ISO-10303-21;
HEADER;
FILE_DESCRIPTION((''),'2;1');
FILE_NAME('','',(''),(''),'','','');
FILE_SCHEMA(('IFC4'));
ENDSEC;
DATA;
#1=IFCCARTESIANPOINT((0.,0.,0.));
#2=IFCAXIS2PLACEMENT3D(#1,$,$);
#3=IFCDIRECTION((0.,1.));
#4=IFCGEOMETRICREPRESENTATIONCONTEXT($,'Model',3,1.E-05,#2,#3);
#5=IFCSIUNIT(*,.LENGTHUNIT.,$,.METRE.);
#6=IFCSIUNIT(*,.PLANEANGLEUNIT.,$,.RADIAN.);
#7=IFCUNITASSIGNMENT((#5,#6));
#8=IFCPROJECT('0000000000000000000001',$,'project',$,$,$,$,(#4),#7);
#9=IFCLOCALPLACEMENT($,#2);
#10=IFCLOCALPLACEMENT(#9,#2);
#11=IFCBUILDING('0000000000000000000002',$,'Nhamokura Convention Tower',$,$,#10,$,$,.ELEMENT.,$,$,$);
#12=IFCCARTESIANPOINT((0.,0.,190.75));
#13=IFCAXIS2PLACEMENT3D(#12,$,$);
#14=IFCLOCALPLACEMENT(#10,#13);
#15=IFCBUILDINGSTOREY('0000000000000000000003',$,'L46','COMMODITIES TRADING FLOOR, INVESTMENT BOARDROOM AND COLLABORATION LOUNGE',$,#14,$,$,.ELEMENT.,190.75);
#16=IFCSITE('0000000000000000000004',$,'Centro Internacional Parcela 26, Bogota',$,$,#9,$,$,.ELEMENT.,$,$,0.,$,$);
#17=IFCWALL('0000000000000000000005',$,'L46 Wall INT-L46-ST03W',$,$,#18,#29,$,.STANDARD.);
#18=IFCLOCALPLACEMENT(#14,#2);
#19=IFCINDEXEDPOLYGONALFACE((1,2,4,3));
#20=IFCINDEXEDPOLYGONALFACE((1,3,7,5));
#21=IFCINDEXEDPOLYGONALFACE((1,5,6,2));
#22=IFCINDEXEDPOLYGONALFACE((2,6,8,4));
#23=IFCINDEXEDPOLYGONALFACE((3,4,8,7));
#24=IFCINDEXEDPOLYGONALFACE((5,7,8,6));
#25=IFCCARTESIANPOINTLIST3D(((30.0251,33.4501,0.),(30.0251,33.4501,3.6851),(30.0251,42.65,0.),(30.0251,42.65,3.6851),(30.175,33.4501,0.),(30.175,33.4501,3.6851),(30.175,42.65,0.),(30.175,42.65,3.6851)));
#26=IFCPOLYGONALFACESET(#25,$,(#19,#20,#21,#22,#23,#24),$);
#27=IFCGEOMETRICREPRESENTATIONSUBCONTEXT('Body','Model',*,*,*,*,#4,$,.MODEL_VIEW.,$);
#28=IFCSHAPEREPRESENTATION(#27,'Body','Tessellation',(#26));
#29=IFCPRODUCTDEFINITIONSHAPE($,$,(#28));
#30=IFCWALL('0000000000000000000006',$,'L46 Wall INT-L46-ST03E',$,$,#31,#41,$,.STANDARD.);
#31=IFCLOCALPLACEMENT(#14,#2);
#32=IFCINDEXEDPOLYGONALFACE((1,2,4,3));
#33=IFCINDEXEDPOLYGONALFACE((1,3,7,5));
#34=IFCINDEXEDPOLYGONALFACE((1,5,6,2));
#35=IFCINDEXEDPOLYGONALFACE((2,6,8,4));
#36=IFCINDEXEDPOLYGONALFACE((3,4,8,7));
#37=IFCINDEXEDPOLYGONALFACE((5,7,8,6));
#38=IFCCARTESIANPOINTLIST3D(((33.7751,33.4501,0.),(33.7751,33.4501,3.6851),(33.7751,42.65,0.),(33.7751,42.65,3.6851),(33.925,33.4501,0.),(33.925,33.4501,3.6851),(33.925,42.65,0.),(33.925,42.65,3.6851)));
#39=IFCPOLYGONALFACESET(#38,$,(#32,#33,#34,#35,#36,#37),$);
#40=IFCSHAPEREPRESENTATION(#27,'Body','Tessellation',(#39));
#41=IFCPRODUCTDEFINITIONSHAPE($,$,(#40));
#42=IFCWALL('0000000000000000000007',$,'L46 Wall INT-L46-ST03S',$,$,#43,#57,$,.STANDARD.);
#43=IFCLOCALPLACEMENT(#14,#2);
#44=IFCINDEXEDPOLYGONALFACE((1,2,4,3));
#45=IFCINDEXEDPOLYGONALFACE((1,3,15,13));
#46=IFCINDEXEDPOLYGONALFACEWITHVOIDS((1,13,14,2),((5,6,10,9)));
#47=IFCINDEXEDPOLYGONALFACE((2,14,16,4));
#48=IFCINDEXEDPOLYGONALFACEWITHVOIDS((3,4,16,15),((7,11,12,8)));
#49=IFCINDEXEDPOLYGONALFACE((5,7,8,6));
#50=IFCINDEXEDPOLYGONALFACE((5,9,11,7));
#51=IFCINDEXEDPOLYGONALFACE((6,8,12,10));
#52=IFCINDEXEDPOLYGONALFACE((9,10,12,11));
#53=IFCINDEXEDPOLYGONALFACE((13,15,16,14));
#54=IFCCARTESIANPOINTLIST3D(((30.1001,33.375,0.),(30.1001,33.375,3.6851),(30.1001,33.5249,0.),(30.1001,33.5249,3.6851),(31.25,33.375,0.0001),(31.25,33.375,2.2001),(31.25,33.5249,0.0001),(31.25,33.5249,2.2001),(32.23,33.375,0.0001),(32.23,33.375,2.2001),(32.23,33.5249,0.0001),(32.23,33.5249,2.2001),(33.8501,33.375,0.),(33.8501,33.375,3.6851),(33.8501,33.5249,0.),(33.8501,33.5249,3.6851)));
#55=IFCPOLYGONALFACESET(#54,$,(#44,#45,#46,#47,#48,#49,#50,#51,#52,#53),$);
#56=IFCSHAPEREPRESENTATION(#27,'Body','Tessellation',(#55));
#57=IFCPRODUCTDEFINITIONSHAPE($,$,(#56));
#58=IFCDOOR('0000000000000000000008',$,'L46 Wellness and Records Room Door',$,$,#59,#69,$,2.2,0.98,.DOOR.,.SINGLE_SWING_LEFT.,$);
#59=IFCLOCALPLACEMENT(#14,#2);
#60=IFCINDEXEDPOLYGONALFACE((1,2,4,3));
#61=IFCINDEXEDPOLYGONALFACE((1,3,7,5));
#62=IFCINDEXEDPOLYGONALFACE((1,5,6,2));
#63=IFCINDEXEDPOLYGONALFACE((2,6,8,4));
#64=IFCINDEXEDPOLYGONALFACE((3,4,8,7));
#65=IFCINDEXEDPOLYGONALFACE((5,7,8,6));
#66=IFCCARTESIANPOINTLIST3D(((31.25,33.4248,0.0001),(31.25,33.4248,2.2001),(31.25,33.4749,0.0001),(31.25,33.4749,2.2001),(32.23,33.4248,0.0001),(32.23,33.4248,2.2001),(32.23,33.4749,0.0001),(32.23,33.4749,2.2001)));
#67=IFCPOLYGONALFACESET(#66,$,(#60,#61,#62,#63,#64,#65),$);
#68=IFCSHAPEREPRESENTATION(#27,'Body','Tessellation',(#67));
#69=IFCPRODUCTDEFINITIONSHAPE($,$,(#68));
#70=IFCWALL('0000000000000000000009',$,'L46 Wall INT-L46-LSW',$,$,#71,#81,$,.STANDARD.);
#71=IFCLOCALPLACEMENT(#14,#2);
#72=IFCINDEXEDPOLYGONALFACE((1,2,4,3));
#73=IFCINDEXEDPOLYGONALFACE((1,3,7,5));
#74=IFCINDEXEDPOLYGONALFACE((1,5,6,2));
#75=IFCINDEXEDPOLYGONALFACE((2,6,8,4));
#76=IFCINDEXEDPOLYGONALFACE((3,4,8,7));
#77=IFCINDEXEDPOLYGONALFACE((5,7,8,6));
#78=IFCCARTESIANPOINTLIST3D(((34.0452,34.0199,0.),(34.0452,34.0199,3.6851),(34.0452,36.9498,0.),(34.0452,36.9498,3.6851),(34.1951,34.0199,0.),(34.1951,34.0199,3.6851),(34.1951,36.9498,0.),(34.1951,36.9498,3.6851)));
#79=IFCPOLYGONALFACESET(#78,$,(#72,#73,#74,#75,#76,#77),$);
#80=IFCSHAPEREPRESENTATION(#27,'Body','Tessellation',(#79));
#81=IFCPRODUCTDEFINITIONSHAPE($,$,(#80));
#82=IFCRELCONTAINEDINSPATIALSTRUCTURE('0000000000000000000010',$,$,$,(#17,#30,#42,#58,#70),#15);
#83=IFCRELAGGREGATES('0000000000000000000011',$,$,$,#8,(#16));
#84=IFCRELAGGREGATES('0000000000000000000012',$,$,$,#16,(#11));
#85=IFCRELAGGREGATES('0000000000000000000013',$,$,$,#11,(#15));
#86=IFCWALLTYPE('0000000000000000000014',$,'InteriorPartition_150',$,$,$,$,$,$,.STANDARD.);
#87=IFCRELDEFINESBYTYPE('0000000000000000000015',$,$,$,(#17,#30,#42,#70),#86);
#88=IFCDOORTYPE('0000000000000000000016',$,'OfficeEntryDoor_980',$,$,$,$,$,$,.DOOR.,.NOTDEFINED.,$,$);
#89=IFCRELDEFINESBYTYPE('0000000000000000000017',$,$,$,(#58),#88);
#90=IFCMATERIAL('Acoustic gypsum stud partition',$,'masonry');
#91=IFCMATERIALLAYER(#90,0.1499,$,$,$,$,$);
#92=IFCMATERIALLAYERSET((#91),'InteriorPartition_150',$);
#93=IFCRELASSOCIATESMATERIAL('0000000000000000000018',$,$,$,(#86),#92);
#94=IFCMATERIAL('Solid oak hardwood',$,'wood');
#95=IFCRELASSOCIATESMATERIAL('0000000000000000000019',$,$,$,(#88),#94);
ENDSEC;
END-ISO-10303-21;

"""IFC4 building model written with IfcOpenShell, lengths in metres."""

from ifc_helpers import new_model, si_unit, direction, frame, frame_2d, origin, place, context, subcontext, project, spatial, rectangle, extrude, material, layer, layer_set, type_object, element, fill, save


model = new_model("IFC4")

# Units and contexts
model_context = context("Model", 3, precision=1e-05, world=origin(), true_north=direction((0.0, 1.0)))
body_context = subcontext(model_context, "Body", "Model", "MODEL_VIEW")
ifc_project = project(units=[si_unit("LENGTHUNIT", "METRE"), si_unit("PLANEANGLEUNIT", "RADIAN")], contexts=[model_context])

# Site, building, storey
site_placement = place(None, origin())
site = spatial("IfcSite", under=ifc_project, at=site_placement, Name="Centro Internacional Parcela 26, Bogota", CompositionType="ELEMENT", RefElevation=0.0)
building_placement = place(site_placement, origin())
building = spatial("IfcBuilding", under=site, at=building_placement, Name="Nhamokura Convention Tower", CompositionType="ELEMENT")
storey_placement = place(building_placement, frame((0.0, 0.0, 190.75)))
storey = spatial("IfcBuildingStorey", under=building, at=storey_placement, Name="L46", Description="COMMODITIES TRADING FLOOR, INVESTMENT BOARDROOM AND COLLABORATION LOUNGE", CompositionType="ELEMENT", Elevation=190.75)

# Walls
ifc_material_1 = material(Name="Acoustic gypsum stud partition", Category="masonry")
ifc_layer_1 = layer(ifc_material_1, 0.1499)
ifc_layer_set_1 = layer_set([ifc_layer_1], Name="InteriorPartition_150")
wall_type_1 = type_object("IfcWallType", Name="InteriorPartition_150", PredefinedType="STANDARD", material=ifc_layer_set_1)
for number, where, z_axis, x_axis, name in (
    (1, (30.1001, 33.45, 0.0), (0.0, 0.0, 1.0), (0.0, 1.0, 0.0), "L46 Wall INT-L46-ST03W"),
    (2, (33.8501, 33.45, 0.0), (0.0, 0.0, 1.0), (0.0, 1.0, 0.0), "L46 Wall INT-L46-ST03E"),
):
    element("IfcWall", number, at=place(storey_placement, frame(where, z_axis=z_axis, x_axis=x_axis)), inside=storey, type_object=wall_type_1, Name=name, PredefinedType="STANDARD", context=body_context, shape_type="SweptSolid", body=[
        extrude(rectangle(XDim=9.2, YDim=0.1499, at=frame_2d((4.6001, 0.0))), origin(), (0.0, 0.0, 1.0), 3.6851),
    ])

# Wall, opening, door
wall_1_placement = place(storey_placement, frame((30.1001, 33.45, 0.0), z_axis=(0.0, 0.0, 1.0), x_axis=(1.0, 0.0, 0.0)))
wall_1 = element("IfcWall", 3, at=wall_1_placement, inside=storey, type_object=wall_type_1, Name="L46 Wall INT-L46-ST03S", PredefinedType="STANDARD", context=body_context, shape_type="SweptSolid", body=[
    extrude(rectangle(XDim=3.75, YDim=0.1499, at=frame_2d((1.875, 0.0))), origin(), (0.0, 0.0, 1.0), 3.6851),
])
opening_1_placement = place(wall_1_placement, frame((1.1499, 0.0, 0.0)))
opening_1 = element("IfcOpeningElement", 4, at=opening_1_placement, cuts=wall_1, PredefinedType="OPENING", context=body_context, shape_type="SweptSolid", body=[
    extrude(rectangle(XDim=0.98, YDim=2.2, at=frame_2d((0.49, 1.1001))), frame((0.0, 0.085, 0.0), z_axis=(0.0, -1.0, 0.0), x_axis=(1.0, 0.0, 0.0)), (0.0, 0.0, 1.0), 0.1699),
])
ifc_material_2 = material(Name="Solid oak hardwood", Category="wood")
door_type_1 = type_object("IfcDoorType", Name="OfficeEntryDoor_980", OperationType="NOTDEFINED", PredefinedType="DOOR", material=ifc_material_2)
door_1_placement = place(opening_1_placement, origin())
door_1 = element("IfcDoor", 5, at=door_1_placement, inside=storey, type_object=door_type_1, Name="L46 Wellness and Records Room Door", OperationType="SINGLE_SWING_LEFT", OverallHeight=2.2, OverallWidth=0.98, PredefinedType="DOOR", context=body_context, shape_type="SweptSolid", body=[
    extrude(rectangle(XDim=0.98, YDim=2.2, at=frame_2d((0.49, 1.1001))), frame((0.0, 0.0249, 0.0), z_axis=(0.0, -1.0, 0.0), x_axis=(1.0, 0.0, 0.0)), (0.0, 0.0, 1.0), 0.05),
])
fill(opening_1, door_1)

# Wall
wall_2_placement = place(storey_placement, frame((34.1201, 34.02, 0.0), z_axis=(0.0, 0.0, 1.0), x_axis=(0.0, 1.0, 0.0)))
element("IfcWall", 6, at=wall_2_placement, inside=storey, type_object=wall_type_1, Name="L46 Wall INT-L46-LSW", PredefinedType="STANDARD", context=body_context, shape_type="SweptSolid", body=[
    extrude(rectangle(XDim=2.9299, YDim=0.1499, at=frame_2d((1.4648, 0.0))), origin(), (0.0, 0.0, 1.0), 3.6851),
])

save(model, "model.ifc")
